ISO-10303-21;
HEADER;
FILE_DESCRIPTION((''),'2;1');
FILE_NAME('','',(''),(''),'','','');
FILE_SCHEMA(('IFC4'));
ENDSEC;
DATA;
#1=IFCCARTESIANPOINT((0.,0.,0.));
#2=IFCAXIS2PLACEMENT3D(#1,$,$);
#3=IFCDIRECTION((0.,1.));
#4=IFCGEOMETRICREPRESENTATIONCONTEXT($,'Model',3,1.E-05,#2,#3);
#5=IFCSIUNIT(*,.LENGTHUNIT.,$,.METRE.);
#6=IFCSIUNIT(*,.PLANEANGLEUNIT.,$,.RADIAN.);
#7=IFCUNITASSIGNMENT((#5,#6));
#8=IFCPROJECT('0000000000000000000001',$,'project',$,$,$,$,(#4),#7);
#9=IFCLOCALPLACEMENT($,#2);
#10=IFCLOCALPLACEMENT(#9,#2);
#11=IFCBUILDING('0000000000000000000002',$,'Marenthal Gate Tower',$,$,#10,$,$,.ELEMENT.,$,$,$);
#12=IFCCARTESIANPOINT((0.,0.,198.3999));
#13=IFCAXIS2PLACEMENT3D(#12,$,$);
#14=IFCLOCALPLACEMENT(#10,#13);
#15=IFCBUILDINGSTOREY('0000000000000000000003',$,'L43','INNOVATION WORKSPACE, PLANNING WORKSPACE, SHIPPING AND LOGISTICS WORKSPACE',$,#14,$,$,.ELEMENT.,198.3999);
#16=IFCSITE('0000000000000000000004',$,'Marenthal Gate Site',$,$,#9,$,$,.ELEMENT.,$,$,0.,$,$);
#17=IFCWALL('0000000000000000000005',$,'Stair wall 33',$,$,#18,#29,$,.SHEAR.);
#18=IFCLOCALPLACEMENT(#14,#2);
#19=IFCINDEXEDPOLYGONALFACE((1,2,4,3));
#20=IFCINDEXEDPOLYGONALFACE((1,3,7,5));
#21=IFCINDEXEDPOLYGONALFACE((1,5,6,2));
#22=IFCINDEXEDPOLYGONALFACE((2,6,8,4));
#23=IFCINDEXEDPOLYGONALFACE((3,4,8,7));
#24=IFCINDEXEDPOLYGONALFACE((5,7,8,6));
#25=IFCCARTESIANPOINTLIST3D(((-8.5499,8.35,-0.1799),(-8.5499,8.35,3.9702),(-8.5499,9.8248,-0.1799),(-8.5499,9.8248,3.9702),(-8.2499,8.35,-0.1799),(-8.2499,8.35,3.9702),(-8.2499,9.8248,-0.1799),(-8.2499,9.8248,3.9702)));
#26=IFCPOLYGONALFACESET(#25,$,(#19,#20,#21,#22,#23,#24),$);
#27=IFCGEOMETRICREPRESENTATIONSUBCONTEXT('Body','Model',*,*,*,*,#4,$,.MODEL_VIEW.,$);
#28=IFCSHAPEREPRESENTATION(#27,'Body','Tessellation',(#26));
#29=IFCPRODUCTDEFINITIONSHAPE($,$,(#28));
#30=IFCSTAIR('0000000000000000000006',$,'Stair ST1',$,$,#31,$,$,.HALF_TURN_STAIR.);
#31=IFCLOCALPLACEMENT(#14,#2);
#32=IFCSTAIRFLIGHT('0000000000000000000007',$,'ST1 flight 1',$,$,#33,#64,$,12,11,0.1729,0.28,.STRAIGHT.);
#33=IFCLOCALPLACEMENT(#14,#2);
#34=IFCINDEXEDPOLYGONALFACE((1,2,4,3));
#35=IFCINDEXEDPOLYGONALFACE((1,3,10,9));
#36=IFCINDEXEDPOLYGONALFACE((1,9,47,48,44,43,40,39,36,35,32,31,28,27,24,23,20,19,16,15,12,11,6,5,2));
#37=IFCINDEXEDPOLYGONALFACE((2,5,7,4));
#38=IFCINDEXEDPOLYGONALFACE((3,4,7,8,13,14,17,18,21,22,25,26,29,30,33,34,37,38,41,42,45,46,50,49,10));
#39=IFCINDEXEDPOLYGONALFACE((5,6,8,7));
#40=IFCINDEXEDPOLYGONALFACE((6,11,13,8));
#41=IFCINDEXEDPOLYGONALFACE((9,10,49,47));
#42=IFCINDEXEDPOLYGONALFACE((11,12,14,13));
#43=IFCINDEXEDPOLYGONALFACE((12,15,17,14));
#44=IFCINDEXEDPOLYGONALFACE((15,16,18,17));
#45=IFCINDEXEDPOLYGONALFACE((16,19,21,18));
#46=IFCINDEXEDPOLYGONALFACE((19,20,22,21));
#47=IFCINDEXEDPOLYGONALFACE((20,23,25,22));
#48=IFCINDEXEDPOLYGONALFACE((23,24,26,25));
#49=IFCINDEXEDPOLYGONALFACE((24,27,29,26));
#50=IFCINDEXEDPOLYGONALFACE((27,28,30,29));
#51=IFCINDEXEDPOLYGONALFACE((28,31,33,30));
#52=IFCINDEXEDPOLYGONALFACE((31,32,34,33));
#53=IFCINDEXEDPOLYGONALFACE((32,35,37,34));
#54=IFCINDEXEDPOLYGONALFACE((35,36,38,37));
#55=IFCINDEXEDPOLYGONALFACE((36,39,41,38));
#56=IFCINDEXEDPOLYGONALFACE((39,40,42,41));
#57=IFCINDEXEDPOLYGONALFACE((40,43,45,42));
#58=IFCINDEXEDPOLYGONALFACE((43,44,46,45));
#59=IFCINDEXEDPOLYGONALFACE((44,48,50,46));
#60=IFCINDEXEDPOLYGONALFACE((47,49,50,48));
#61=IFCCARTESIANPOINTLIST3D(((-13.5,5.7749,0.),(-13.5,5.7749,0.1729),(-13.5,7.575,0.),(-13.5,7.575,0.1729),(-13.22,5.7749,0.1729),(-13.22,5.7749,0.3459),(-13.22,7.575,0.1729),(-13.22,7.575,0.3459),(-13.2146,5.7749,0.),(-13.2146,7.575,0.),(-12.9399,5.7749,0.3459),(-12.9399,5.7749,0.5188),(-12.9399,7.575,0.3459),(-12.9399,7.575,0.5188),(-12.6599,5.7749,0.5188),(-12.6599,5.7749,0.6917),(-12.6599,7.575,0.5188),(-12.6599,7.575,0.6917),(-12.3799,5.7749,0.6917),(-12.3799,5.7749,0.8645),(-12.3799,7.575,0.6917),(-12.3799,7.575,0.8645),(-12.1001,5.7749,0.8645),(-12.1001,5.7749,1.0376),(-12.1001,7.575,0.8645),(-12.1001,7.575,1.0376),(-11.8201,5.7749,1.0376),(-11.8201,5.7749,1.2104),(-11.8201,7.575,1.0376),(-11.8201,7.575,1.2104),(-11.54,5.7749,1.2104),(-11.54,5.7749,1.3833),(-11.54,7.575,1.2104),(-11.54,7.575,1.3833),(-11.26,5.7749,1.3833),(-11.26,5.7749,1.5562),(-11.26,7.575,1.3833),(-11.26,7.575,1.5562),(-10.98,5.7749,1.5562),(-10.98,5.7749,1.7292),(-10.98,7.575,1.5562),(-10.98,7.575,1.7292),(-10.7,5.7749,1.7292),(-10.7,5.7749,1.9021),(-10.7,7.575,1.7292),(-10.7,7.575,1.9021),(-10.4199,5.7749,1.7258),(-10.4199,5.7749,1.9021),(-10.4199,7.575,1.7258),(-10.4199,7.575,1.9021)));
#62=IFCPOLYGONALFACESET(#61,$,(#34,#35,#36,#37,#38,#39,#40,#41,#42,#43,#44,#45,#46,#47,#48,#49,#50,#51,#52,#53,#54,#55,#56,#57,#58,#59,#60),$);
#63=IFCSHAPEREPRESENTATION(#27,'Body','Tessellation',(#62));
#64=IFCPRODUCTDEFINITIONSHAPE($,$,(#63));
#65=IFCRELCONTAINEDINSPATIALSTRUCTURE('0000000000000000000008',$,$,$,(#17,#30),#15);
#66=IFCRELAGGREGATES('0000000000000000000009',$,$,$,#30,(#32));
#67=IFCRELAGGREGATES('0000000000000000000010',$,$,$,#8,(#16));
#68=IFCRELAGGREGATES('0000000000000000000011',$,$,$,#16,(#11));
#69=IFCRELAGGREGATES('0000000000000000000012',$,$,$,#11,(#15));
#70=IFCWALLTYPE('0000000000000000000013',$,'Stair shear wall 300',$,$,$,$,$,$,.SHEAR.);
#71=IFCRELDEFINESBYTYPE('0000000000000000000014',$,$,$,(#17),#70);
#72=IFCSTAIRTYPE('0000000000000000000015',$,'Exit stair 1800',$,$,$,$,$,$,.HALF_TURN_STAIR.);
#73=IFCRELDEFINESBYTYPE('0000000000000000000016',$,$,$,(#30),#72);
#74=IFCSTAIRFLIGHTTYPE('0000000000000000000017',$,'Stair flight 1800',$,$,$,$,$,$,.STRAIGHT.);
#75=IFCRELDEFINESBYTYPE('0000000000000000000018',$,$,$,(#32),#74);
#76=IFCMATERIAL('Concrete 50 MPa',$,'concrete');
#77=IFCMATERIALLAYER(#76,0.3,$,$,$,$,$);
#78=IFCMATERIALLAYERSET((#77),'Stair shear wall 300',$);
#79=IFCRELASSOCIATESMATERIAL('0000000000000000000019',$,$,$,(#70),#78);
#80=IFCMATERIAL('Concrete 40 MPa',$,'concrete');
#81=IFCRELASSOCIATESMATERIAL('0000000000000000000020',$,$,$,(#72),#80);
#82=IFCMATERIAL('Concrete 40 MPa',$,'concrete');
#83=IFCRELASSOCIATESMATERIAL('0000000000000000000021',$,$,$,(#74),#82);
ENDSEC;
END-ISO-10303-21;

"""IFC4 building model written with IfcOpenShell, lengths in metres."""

from ifc_helpers import new_model, si_unit, direction, frame, frame_2d, origin, place, context, subcontext, project, spatial, polyline, rectangle, outline, extrude, material, layer, layer_set, type_object, element, aggregate, save


model = new_model("IFC4")

# Units and contexts
model_context = context("Model", 3, precision=1e-05, world=origin(), true_north=direction((0.0, 1.0)))
body_context = subcontext(model_context, "Body", "Model", "MODEL_VIEW")
ifc_project = project(units=[si_unit("LENGTHUNIT", "METRE"), si_unit("PLANEANGLEUNIT", "RADIAN")], contexts=[model_context])

# Site, building, storey
site_placement = place(None, origin())
site = spatial("IfcSite", under=ifc_project, at=site_placement, Name="Marenthal Gate Site", CompositionType="ELEMENT", RefElevation=0.0)
building_placement = place(site_placement, origin())
building = spatial("IfcBuilding", under=site, at=building_placement, Name="Marenthal Gate Tower", CompositionType="ELEMENT")
storey_placement = place(building_placement, frame((0.0, 0.0, 198.3999)))
storey = spatial("IfcBuildingStorey", under=building, at=storey_placement, Name="L43", Description="INNOVATION WORKSPACE, PLANNING WORKSPACE, SHIPPING AND LOGISTICS WORKSPACE", CompositionType="ELEMENT", Elevation=198.3999)

# Wall
ifc_material_1 = material(Name="Concrete 50 MPa", Category="concrete")
ifc_layer_1 = layer(ifc_material_1, 0.3)
ifc_layer_set_1 = layer_set([ifc_layer_1], Name="Stair shear wall 300")
wall_type_1 = type_object("IfcWallType", Name="Stair shear wall 300", PredefinedType="SHEAR", material=ifc_layer_set_1)
wall_1_placement = place(storey_placement, frame((-8.3999, 8.3501, -0.1799), z_axis=(0.0, 0.0, 1.0), x_axis=(0.0, 1.0, 0.0)))
element("IfcWall", 1, at=wall_1_placement, inside=storey, type_object=wall_type_1, Name="Stair wall 33", PredefinedType="SHEAR", context=body_context, shape_type="SweptSolid", body=[
    extrude(rectangle(XDim=1.4749, YDim=0.3, at=frame_2d((0.7373, 0.0))), origin(), (0.0, 0.0, 1.0), 4.1501),
])

# Stair, stair flight
ifc_material_2 = material(Name="Concrete 40 MPa", Category="concrete")
stair_type = type_object("IfcStairType", Name="Exit stair 1800", PredefinedType="HALF_TURN_STAIR", material=ifc_material_2)
stair_placement = place(storey_placement, origin())
stair = element("IfcStair", 2, at=stair_placement, inside=storey, type_object=stair_type, Name="Stair ST1", PredefinedType="HALF_TURN_STAIR")
ifc_material_3 = material(Name="Concrete 40 MPa", Category="concrete")
stair_flight_type = type_object("IfcStairFlightType", Name="Stair flight 1800", PredefinedType="STRAIGHT", material=ifc_material_3)
stair_flight_placement = place(storey_placement, frame((-13.5, 6.675, 0.0), z_axis=(0.0, 0.0, 1.0), x_axis=(1.0, 0.0, 0.0)))
stair_flight = element("IfcStairFlight", 3, at=stair_flight_placement, type_object=stair_flight_type, Name="ST1 flight 1", NumberOfRisers=12, NumberOfTreads=11, PredefinedType="STRAIGHT", RiserHeight=0.1729, TreadLength=0.28, context=body_context, shape_type="SweptSolid", body=[
    extrude(outline(polyline([(0.0, 0.0), (0.0, 0.1729), (0.28, 0.1729), (0.28, 0.3459), (0.5601, 0.3459), (0.5601, 0.5188), (0.8401, 0.5188), (0.8401, 0.6917), (1.1201, 0.6917), (1.1201, 0.8645), (1.3999, 0.8645), (1.3999, 1.0376), (1.6799, 1.0376), (1.6799, 1.2104), (1.96, 1.2104), (1.96, 1.3833), (2.24, 1.3833), (2.24, 1.5562), (2.52, 1.5562), (2.52, 1.7292), (2.8, 1.7292), (2.8, 1.9021), (3.0801, 1.9021), (3.0801, 2.075), (3.0801, 1.7258), (0.2854, 0.0), (0.0, 0.0)])), frame((0.0, 0.8999, 0.0), z_axis=(0.0, -1.0, 0.0), x_axis=(1.0, 0.0, 0.0)), (0.0, 0.0, 1.0), 1.8),
])
aggregate(stair, [stair_flight])

save(model, "model.ifc")
